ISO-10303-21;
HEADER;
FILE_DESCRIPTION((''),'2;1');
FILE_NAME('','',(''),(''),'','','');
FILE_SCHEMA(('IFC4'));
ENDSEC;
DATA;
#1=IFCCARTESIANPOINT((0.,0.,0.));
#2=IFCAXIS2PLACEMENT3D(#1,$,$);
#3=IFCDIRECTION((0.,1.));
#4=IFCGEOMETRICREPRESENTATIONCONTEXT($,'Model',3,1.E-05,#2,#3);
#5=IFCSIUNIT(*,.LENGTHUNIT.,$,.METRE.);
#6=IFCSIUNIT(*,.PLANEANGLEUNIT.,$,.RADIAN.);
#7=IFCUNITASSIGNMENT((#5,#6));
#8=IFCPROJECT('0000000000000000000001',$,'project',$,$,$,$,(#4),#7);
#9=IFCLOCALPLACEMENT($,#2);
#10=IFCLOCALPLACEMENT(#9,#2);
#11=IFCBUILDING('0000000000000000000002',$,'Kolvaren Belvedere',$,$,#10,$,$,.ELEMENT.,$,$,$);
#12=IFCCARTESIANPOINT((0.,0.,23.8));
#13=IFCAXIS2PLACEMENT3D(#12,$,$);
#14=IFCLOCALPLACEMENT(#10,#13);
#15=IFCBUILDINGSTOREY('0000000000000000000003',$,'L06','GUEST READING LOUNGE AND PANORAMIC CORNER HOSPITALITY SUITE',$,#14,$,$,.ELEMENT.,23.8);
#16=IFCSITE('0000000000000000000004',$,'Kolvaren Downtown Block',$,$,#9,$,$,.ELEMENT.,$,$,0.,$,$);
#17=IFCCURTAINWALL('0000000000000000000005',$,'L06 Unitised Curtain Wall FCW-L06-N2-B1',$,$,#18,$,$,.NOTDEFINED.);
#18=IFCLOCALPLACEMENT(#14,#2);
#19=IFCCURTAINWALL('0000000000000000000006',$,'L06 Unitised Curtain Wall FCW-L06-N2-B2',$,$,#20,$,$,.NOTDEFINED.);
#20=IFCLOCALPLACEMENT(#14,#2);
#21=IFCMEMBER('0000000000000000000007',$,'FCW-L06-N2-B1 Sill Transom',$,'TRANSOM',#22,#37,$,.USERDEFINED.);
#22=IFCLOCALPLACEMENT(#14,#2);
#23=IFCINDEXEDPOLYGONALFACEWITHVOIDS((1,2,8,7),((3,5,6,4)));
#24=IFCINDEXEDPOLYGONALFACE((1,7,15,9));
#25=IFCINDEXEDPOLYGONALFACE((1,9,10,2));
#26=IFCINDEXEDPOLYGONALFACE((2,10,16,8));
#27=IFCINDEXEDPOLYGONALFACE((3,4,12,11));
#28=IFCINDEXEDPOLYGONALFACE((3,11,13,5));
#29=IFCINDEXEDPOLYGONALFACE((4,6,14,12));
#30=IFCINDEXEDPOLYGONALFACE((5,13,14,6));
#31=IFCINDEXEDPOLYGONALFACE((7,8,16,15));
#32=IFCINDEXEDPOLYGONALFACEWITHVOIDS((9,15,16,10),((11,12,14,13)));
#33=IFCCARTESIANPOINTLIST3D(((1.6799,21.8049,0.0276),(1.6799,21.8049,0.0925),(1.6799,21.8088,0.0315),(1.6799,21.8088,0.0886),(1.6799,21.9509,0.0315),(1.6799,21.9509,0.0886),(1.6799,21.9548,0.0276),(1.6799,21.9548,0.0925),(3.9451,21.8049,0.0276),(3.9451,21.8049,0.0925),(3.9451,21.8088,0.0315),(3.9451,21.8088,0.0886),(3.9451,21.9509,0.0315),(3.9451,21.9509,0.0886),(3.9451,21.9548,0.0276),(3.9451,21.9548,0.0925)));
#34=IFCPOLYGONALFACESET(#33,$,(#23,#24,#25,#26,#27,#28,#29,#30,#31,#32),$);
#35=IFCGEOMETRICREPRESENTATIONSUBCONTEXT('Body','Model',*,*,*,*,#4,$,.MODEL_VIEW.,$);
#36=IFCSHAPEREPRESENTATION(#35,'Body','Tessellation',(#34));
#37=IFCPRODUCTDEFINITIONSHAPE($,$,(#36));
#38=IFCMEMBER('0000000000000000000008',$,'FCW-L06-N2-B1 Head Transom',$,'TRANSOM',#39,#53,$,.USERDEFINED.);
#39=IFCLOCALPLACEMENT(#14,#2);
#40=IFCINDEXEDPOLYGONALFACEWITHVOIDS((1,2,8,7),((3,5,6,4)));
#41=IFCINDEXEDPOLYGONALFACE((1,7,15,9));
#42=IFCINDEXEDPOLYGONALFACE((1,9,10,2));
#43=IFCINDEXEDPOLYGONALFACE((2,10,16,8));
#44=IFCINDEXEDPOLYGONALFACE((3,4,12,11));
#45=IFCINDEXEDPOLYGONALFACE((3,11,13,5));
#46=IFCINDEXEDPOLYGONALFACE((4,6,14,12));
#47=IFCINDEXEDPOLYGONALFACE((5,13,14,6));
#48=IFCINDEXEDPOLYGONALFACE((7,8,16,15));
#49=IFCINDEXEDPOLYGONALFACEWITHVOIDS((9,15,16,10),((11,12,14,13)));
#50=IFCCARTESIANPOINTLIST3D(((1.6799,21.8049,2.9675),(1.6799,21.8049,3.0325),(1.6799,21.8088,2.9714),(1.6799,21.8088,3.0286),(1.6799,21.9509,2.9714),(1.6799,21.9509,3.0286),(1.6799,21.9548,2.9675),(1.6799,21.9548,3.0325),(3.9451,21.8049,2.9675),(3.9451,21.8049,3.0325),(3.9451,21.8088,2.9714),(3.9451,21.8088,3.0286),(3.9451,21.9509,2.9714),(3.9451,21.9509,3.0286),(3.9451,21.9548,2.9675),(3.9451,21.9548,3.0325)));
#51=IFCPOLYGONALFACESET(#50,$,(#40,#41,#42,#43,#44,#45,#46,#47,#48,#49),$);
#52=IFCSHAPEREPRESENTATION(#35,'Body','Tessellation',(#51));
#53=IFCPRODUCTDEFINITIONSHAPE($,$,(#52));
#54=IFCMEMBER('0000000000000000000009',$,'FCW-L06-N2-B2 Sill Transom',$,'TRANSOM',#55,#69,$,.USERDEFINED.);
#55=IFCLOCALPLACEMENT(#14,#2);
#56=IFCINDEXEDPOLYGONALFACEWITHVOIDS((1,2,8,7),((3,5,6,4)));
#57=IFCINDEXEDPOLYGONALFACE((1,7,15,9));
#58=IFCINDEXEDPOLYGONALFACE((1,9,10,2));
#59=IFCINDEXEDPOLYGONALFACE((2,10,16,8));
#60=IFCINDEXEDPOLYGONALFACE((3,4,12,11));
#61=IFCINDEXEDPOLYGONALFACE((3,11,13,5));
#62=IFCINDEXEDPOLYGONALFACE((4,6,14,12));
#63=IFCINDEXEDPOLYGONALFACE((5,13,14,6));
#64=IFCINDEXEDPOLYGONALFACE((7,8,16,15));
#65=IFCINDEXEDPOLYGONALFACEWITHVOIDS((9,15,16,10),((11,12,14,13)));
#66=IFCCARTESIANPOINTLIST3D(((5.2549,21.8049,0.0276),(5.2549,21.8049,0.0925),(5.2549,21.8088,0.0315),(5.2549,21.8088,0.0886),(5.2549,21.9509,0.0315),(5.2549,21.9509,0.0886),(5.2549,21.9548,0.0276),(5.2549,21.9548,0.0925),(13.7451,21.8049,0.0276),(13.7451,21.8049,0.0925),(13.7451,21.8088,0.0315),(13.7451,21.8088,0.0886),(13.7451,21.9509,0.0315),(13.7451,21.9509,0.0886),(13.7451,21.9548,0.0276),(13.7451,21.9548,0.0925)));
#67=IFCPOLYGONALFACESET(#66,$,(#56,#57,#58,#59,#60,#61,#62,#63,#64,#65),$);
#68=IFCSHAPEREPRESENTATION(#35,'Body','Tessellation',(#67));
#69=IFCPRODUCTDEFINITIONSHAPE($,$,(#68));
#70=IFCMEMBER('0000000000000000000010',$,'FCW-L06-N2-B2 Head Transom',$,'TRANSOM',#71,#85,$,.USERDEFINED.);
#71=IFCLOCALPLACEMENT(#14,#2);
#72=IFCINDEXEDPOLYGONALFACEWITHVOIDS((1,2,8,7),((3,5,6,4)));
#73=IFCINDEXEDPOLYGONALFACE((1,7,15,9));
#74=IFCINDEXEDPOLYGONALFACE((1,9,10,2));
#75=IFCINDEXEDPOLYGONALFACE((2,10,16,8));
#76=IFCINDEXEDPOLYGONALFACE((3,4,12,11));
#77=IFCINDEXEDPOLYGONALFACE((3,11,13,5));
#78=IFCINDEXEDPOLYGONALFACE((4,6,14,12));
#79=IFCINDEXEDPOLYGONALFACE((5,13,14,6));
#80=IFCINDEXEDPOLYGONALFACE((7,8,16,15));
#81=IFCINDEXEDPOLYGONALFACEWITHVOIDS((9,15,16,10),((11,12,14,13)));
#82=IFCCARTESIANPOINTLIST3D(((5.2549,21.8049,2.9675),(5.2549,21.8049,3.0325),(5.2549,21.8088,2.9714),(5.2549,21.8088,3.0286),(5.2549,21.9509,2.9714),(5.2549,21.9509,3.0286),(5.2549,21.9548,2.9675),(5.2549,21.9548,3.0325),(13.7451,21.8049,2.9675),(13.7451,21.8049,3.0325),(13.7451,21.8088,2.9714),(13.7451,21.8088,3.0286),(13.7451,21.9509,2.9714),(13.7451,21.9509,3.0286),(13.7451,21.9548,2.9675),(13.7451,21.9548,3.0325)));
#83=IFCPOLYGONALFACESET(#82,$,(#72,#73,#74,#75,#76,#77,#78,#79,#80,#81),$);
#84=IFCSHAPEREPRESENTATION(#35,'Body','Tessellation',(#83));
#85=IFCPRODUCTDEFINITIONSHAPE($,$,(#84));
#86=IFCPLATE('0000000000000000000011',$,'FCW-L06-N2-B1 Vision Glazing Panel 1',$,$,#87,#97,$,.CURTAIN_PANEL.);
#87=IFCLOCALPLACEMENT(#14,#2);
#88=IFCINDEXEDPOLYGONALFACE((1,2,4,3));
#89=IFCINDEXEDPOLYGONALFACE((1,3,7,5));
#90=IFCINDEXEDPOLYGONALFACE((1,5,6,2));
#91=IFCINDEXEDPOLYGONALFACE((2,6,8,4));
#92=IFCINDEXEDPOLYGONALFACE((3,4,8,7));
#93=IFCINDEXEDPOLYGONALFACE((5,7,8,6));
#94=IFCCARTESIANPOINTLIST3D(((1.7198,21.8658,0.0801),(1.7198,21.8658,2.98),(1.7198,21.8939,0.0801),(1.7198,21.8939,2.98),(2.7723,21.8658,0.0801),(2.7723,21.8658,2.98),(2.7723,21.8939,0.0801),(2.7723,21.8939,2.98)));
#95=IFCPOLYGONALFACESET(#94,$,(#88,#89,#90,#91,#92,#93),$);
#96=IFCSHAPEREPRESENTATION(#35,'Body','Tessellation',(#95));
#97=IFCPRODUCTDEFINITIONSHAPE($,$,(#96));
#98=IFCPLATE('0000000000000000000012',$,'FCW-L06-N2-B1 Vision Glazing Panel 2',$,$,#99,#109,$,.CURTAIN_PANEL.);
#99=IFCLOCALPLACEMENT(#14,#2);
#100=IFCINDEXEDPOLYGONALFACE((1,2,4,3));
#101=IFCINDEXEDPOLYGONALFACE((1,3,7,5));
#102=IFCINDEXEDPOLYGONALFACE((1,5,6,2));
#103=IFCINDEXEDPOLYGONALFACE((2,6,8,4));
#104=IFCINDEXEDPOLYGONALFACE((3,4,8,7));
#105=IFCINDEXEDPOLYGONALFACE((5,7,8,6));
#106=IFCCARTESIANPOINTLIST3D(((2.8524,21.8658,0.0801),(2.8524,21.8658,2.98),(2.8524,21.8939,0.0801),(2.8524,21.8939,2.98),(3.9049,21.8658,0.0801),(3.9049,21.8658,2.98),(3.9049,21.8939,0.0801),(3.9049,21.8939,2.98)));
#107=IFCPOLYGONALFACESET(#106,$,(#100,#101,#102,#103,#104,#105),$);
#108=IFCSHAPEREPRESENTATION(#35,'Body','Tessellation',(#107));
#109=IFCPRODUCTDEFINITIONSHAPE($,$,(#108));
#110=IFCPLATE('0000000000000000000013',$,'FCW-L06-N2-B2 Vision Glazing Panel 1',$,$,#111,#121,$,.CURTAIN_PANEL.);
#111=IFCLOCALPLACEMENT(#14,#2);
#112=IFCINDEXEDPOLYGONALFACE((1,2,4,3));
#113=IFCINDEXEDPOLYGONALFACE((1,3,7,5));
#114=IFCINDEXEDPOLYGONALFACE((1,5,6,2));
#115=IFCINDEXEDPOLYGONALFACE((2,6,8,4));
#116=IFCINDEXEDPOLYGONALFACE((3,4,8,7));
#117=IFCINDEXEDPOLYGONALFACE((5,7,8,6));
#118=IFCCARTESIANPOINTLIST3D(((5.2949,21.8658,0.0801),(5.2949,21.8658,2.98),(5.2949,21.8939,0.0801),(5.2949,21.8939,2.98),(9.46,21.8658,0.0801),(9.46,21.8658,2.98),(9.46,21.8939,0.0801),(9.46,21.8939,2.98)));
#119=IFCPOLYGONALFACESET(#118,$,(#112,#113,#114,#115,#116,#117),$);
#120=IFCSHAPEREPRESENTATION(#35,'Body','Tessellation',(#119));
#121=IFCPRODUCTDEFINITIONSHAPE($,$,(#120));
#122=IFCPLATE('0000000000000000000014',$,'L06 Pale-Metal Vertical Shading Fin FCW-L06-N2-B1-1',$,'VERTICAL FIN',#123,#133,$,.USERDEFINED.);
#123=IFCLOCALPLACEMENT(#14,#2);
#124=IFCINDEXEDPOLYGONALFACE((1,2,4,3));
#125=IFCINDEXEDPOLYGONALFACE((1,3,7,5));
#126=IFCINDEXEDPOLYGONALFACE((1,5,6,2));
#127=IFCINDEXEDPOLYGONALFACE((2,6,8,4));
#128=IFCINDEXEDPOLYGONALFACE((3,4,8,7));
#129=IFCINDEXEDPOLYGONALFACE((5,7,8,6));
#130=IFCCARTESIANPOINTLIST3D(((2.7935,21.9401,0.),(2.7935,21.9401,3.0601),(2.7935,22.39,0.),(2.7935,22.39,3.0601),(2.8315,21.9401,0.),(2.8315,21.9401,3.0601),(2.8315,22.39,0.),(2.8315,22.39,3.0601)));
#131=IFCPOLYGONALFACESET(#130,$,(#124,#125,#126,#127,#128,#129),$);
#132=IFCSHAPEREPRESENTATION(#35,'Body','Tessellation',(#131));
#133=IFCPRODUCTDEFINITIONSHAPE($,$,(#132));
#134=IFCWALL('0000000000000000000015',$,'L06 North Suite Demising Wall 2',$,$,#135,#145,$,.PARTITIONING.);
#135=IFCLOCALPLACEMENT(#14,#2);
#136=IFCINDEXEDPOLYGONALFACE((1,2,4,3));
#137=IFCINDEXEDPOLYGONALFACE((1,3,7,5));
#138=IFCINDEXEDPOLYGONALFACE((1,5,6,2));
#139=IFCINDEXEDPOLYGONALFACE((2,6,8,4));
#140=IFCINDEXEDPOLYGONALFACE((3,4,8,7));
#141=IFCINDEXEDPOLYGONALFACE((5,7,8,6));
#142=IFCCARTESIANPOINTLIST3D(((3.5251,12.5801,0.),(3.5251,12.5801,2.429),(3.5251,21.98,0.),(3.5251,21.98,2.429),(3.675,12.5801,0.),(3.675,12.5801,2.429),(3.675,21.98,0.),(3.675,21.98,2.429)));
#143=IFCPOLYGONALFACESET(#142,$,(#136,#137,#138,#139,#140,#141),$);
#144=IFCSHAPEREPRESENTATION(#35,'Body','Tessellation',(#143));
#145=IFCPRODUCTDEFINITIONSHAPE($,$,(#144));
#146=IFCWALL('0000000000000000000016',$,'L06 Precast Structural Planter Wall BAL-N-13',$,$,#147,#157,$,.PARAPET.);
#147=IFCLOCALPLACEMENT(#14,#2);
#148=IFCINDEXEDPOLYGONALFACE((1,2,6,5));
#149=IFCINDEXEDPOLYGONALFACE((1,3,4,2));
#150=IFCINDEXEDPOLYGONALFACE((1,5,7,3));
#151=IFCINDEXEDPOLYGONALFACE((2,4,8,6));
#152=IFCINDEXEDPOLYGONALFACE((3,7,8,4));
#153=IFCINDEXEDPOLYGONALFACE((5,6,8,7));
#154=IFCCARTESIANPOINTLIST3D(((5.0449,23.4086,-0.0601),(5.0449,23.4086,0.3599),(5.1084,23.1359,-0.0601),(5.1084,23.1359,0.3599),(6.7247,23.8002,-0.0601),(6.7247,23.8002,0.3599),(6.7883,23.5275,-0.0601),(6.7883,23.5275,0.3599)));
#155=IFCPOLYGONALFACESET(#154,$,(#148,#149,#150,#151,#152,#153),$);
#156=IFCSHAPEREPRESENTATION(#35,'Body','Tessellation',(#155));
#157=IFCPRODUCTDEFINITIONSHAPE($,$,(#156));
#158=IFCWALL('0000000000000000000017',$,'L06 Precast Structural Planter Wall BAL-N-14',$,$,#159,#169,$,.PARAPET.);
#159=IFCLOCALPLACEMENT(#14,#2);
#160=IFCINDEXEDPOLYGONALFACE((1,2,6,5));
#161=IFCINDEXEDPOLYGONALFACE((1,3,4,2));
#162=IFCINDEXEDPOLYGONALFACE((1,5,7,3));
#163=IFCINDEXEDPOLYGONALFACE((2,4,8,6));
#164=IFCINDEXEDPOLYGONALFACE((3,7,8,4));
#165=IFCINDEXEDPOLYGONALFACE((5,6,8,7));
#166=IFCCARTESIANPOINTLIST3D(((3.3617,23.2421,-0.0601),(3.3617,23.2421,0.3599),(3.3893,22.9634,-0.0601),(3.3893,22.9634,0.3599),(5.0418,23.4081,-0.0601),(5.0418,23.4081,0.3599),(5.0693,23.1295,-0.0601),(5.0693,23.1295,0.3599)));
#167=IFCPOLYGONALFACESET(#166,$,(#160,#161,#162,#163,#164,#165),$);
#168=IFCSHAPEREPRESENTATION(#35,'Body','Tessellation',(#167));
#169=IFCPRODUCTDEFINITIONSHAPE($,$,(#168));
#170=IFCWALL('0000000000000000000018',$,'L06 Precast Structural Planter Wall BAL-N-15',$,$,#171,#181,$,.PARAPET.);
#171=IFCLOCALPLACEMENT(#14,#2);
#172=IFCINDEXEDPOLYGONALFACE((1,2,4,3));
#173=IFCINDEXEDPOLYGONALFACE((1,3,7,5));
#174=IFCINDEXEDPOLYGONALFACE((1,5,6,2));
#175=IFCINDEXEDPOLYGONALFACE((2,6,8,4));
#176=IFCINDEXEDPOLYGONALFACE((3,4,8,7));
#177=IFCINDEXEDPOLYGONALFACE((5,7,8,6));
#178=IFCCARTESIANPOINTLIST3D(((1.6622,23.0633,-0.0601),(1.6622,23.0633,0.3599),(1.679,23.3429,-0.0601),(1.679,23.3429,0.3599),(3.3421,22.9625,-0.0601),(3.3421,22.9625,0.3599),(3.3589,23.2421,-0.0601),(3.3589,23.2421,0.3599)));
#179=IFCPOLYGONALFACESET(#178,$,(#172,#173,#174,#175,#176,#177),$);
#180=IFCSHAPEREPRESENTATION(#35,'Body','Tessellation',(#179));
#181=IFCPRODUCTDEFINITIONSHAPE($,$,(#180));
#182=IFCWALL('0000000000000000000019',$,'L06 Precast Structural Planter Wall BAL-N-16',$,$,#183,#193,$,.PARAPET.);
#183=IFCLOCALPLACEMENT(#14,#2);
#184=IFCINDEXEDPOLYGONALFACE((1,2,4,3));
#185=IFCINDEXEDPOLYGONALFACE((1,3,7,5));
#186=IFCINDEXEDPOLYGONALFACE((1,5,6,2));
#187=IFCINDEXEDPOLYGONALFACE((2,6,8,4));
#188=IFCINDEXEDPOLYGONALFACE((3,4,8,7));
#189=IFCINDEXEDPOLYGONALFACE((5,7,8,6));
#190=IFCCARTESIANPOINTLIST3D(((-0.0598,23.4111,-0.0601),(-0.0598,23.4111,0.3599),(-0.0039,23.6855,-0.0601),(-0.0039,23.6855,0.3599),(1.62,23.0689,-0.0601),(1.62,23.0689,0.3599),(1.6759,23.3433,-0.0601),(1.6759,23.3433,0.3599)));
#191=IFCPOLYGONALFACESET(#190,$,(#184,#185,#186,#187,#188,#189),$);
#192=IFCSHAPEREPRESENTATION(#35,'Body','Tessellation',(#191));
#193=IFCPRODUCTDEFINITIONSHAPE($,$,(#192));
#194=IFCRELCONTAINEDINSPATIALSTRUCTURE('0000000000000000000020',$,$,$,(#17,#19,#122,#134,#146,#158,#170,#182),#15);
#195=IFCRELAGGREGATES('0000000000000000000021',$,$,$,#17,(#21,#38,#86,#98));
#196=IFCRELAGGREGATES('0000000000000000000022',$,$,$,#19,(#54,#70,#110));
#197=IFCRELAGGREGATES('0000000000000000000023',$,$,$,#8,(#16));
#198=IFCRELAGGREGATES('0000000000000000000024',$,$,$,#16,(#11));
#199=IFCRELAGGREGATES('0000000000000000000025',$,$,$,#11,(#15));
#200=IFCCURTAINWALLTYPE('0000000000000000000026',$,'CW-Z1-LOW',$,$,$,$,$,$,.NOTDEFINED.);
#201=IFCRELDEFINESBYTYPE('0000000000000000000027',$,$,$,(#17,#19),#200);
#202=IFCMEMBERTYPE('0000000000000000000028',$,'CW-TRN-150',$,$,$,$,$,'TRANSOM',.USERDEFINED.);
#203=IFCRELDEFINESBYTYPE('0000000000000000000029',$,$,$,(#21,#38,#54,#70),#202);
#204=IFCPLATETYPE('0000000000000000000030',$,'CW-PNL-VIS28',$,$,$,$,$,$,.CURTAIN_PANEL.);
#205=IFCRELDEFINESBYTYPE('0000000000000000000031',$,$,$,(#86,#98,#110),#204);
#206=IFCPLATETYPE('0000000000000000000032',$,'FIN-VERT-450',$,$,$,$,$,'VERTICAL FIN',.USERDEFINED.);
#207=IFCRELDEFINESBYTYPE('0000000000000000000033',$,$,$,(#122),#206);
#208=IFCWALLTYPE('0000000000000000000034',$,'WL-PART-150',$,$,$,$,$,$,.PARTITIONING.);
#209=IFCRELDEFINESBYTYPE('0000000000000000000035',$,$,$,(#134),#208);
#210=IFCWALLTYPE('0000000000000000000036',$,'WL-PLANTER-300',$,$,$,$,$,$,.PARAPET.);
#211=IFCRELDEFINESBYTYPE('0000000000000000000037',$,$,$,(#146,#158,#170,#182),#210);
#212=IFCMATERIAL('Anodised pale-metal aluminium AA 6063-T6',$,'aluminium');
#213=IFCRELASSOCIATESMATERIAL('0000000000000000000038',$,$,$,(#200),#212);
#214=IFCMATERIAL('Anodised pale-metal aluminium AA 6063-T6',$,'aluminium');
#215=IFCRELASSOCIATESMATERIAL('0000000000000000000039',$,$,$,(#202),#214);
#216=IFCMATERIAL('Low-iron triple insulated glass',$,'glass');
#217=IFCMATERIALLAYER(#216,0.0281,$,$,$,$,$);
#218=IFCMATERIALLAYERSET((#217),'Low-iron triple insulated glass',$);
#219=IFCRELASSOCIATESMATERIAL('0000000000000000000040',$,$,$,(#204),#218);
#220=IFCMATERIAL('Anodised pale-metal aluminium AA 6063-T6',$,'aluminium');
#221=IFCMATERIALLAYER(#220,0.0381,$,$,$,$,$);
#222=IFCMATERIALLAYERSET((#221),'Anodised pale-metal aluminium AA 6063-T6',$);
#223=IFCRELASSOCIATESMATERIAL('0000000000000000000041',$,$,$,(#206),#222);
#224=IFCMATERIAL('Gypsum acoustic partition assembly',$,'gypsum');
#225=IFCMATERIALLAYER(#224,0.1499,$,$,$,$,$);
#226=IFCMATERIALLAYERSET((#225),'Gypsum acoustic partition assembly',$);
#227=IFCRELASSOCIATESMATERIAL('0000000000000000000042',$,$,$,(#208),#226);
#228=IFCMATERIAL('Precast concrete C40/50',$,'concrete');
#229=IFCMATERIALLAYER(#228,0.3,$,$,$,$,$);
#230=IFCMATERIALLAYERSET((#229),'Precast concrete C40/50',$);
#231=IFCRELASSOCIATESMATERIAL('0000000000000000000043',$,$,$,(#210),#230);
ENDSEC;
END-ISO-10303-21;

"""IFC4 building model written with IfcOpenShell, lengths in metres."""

from ifc_helpers import new_model, si_unit, direction, frame, frame_2d, origin, origin_2d, place, context, subcontext, project, spatial, rectangle, hollow_rectangle, extrude, material, layer, layer_set, material_profile, profile_set, type_object, element, aggregate, save


model = new_model("IFC4")

# Units and contexts
model_context = context("Model", 3, precision=1e-05, world=origin(), true_north=direction((0.0, 1.0)))
body_context = subcontext(model_context, "Body", "Model", "MODEL_VIEW")
ifc_project = project(units=[si_unit("LENGTHUNIT", "METRE"), si_unit("PLANEANGLEUNIT", "RADIAN")], contexts=[model_context])

# Site, building, storey
site_placement = place(None, origin())
site = spatial("IfcSite", under=ifc_project, at=site_placement, Name="Kolvaren Downtown Block", CompositionType="ELEMENT", RefElevation=0.0)
building_placement = place(site_placement, origin())
building = spatial("IfcBuilding", under=site, at=building_placement, Name="Kolvaren Belvedere", CompositionType="ELEMENT")
storey_placement = place(building_placement, frame((0.0, 0.0, 23.8)))
storey = spatial("IfcBuildingStorey", under=building, at=storey_placement, Name="L06", Description="GUEST READING LOUNGE AND PANORAMIC CORNER HOSPITALITY SUITE", CompositionType="ELEMENT", Elevation=23.8)

# Curtain wall
ifc_material_1 = material(Name="Anodised pale-metal aluminium AA 6063-T6", Category="aluminium")
curtain_wall_type = type_object("IfcCurtainWallType", Name="CW-Z1-LOW", PredefinedType="NOTDEFINED", material=ifc_material_1)
curtain_wall_1_placement = place(storey_placement, origin())
curtain_wall_1 = element("IfcCurtainWall", 1, at=curtain_wall_1_placement, inside=storey, type_object=curtain_wall_type, Name="L06 Unitised Curtain Wall FCW-L06-N2-B1", PredefinedType="NOTDEFINED")

# Curtain wall
curtain_wall_2_placement = place(storey_placement, origin())
curtain_wall_2 = element("IfcCurtainWall", 2, at=curtain_wall_2_placement, inside=storey, type_object=curtain_wall_type, Name="L06 Unitised Curtain Wall FCW-L06-N2-B2", PredefinedType="NOTDEFINED")

# Members
ifc_material_2 = material(Name="Anodised pale-metal aluminium AA 6063-T6", Category="aluminium")
ifc_material_profile_1 = material_profile(ifc_material_2, hollow_rectangle(XDim=0.0649, YDim=0.1499, WallThickness=0.0039, at=origin_2d()), Name="ALU-TRN-150X65")
ifc_profile_set_1 = profile_set([ifc_material_profile_1], Name="Anodised pale-metal aluminium AA 6063-T6")
member_type_1 = type_object("IfcMemberType", Name="CW-TRN-150", ElementType="TRANSOM", PredefinedType="USERDEFINED", material=ifc_profile_set_1)
member_1_placement = place(storey_placement, frame((1.6799, 21.8799, 0.0601), z_axis=(1.0, 0.0, 0.0), x_axis=(0.0, 0.0, 1.0)))
member_1 = element("IfcMember", 3, at=member_1_placement, type_object=member_type_1, Name="FCW-L06-N2-B1 Sill Transom", ObjectType="TRANSOM", PredefinedType="USERDEFINED", context=body_context, shape_type="SweptSolid", body=[
    extrude(hollow_rectangle(XDim=0.0649, YDim=0.1499, WallThickness=0.0039, at=origin_2d()), origin(), (0.0, 0.0, 1.0), 2.2651),
])
member_2_placement = place(storey_placement, frame((1.6799, 21.8799, 3.0), z_axis=(1.0, 0.0, 0.0), x_axis=(0.0, 0.0, 1.0)))
member_2 = element("IfcMember", 4, at=member_2_placement, type_object=member_type_1, Name="FCW-L06-N2-B1 Head Transom", ObjectType="TRANSOM", PredefinedType="USERDEFINED", context=body_context, shape_type="SweptSolid", body=[
    extrude(hollow_rectangle(XDim=0.0649, YDim=0.1499, WallThickness=0.0039, at=origin_2d()), origin(), (0.0, 0.0, 1.0), 2.2651),
])
member_3_placement = place(storey_placement, frame((5.2549, 21.8799, 0.0601), z_axis=(1.0, 0.0, 0.0), x_axis=(0.0, 0.0, 1.0)))
member_3 = element("IfcMember", 5, at=member_3_placement, type_object=member_type_1, Name="FCW-L06-N2-B2 Sill Transom", ObjectType="TRANSOM", PredefinedType="USERDEFINED", context=body_context, shape_type="SweptSolid", body=[
    extrude(hollow_rectangle(XDim=0.0649, YDim=0.1499, WallThickness=0.0039, at=origin_2d()), origin(), (0.0, 0.0, 1.0), 8.4902),
])
member_4_placement = place(storey_placement, frame((5.2549, 21.8799, 3.0), z_axis=(1.0, 0.0, 0.0), x_axis=(0.0, 0.0, 1.0)))
member_4 = element("IfcMember", 6, at=member_4_placement, type_object=member_type_1, Name="FCW-L06-N2-B2 Head Transom", ObjectType="TRANSOM", PredefinedType="USERDEFINED", context=body_context, shape_type="SweptSolid", body=[
    extrude(hollow_rectangle(XDim=0.0649, YDim=0.1499, WallThickness=0.0039, at=origin_2d()), origin(), (0.0, 0.0, 1.0), 8.4902),
])

# Plates
ifc_material_3 = material(Name="Low-iron triple insulated glass", Category="glass")
ifc_layer_1 = layer(ifc_material_3, 0.0281)
ifc_layer_set_1 = layer_set([ifc_layer_1], Name="Low-iron triple insulated glass")
plate_type_1 = type_object("IfcPlateType", Name="CW-PNL-VIS28", PredefinedType="CURTAIN_PANEL", material=ifc_layer_set_1)
plate_1_placement = place(storey_placement, frame((2.2461, 21.8799, 0.0801), z_axis=(0.0, 0.0, 1.0), x_axis=(1.0, 0.0, 0.0)))
plate_1 = element("IfcPlate", 7, at=plate_1_placement, type_object=plate_type_1, Name="FCW-L06-N2-B1 Vision Glazing Panel 1", PredefinedType="CURTAIN_PANEL", context=body_context, shape_type="SweptSolid", body=[
    extrude(rectangle(XDim=1.0525, YDim=0.0281, at=origin_2d()), origin(), (0.0, 0.0, 1.0), 2.8999),
])
plate_2_placement = place(storey_placement, frame((3.3787, 21.8799, 0.0801), z_axis=(0.0, 0.0, 1.0), x_axis=(1.0, 0.0, 0.0)))
plate_2 = element("IfcPlate", 8, at=plate_2_placement, type_object=plate_type_1, Name="FCW-L06-N2-B1 Vision Glazing Panel 2", PredefinedType="CURTAIN_PANEL", context=body_context, shape_type="SweptSolid", body=[
    extrude(rectangle(XDim=1.0525, YDim=0.0281, at=origin_2d()), origin(), (0.0, 0.0, 1.0), 2.8999),
])
aggregate(curtain_wall_1, [member_1, member_2, plate_1, plate_2])
plate_3_placement = place(storey_placement, frame((7.3774, 21.8799, 0.0801), z_axis=(0.0, 0.0, 1.0), x_axis=(1.0, 0.0, 0.0)))
plate_3 = element("IfcPlate", 9, at=plate_3_placement, type_object=plate_type_1, Name="FCW-L06-N2-B2 Vision Glazing Panel 1", PredefinedType="CURTAIN_PANEL", context=body_context, shape_type="SweptSolid", body=[
    extrude(rectangle(XDim=4.165, YDim=0.0281, at=origin_2d()), origin(), (0.0, 0.0, 1.0), 2.8999),
])
aggregate(curtain_wall_2, [member_3, member_4, plate_3])
ifc_material_4 = material(Name="Anodised pale-metal aluminium AA 6063-T6", Category="aluminium")
ifc_layer_2 = layer(ifc_material_4, 0.0381)
ifc_layer_set_2 = layer_set([ifc_layer_2], Name="Anodised pale-metal aluminium AA 6063-T6")
plate_type_2 = type_object("IfcPlateType", Name="FIN-VERT-450", ElementType="VERTICAL FIN", PredefinedType="USERDEFINED", material=ifc_layer_set_2)
plate_4_placement = place(storey_placement, frame((2.8125, 22.165, 0.0), z_axis=(0.0, 0.0, 1.0), x_axis=(0.0, 1.0, 0.0)))
element("IfcPlate", 10, at=plate_4_placement, inside=storey, type_object=plate_type_2, Name="L06 Pale-Metal Vertical Shading Fin FCW-L06-N2-B1-1", ObjectType="VERTICAL FIN", PredefinedType="USERDEFINED", context=body_context, shape_type="SweptSolid", body=[
    extrude(rectangle(XDim=0.45, YDim=0.0381, at=origin_2d()), origin(), (0.0, 0.0, 1.0), 3.0601),
])

# Walls
ifc_material_5 = material(Name="Gypsum acoustic partition assembly", Category="gypsum")
ifc_layer_3 = layer(ifc_material_5, 0.1499)
ifc_layer_set_3 = layer_set([ifc_layer_3], Name="Gypsum acoustic partition assembly")
wall_type_1 = type_object("IfcWallType", Name="WL-PART-150", PredefinedType="PARTITIONING", material=ifc_layer_set_3)
wall_1_placement = place(storey_placement, frame((3.6001, 12.5801, 0.0), z_axis=(0.0, 0.0, 1.0), x_axis=(0.0, 1.0, 0.0)))
element("IfcWall", 11, at=wall_1_placement, inside=storey, type_object=wall_type_1, Name="L06 North Suite Demising Wall 2", PredefinedType="PARTITIONING", context=body_context, shape_type="SweptSolid", body=[
    extrude(rectangle(XDim=9.3999, YDim=0.1499, at=frame_2d((4.7, 0.0))), origin(), (0.0, 0.0, 1.0), 2.429),
])
ifc_material_6 = material(Name="Precast concrete C40/50", Category="concrete")
ifc_layer_4 = layer(ifc_material_6, 0.3)
ifc_layer_set_4 = layer_set([ifc_layer_4], Name="Precast concrete C40/50")
wall_type_2 = type_object("IfcWallType", Name="WL-PLANTER-300", PredefinedType="PARAPET", material=ifc_layer_set_4)
wall_2_placement = place(storey_placement, frame((6.7563, 23.6638, -0.0601), z_axis=(0.0, 0.0, 1.0), x_axis=(-0.97389, -0.227019, 0.0)))
element("IfcWall", 12, at=wall_2_placement, inside=storey, type_object=wall_type_2, Name="L06 Precast Structural Planter Wall BAL-N-13", PredefinedType="PARAPET", context=body_context, shape_type="SweptSolid", body=[
    extrude(rectangle(XDim=1.7249, YDim=0.28, at=frame_2d((0.8623, 0.0))), origin(), (0.0, 0.0, 1.0), 0.4199),
])
wall_3_placement = place(storey_placement, frame((5.0557, 23.2688, -0.0601), z_axis=(0.0, 0.0, 1.0), x_axis=(-0.995152, -0.098344, 0.0)))
element("IfcWall", 13, at=wall_3_placement, inside=storey, type_object=wall_type_2, Name="L06 Precast Structural Planter Wall BAL-N-14", PredefinedType="PARAPET", context=body_context, shape_type="SweptSolid", body=[
    extrude(rectangle(XDim=1.6882, YDim=0.28, at=frame_2d((0.8442, 0.0))), origin(), (0.0, 0.0, 1.0), 0.4199),
])
wall_4_placement = place(storey_placement, frame((3.3503, 23.1023, -0.0601), z_axis=(0.0, 0.0, 1.0), x_axis=(-0.998204, 0.059913, 0.0)))
element("IfcWall", 14, at=wall_4_placement, inside=storey, type_object=wall_type_2, Name="L06 Precast Structural Planter Wall BAL-N-15", PredefinedType="PARAPET", context=body_context, shape_type="SweptSolid", body=[
    extrude(rectangle(XDim=1.6829, YDim=0.28, at=frame_2d((0.8413, 0.0))), origin(), (0.0, 0.0, 1.0), 0.4199),
])
wall_5_placement = place(storey_placement, frame((1.6479, 23.2061, -0.0601), z_axis=(0.0, 0.0, 1.0), x_axis=(-0.979868, 0.199648, 0.0)))
element("IfcWall", 15, at=wall_5_placement, inside=storey, type_object=wall_type_2, Name="L06 Precast Structural Planter Wall BAL-N-16", PredefinedType="PARAPET", context=body_context, shape_type="SweptSolid", body=[
    extrude(rectangle(XDim=1.7144, YDim=0.28, at=frame_2d((0.8572, 0.0))), origin(), (0.0, 0.0, 1.0), 0.4199),
])

save(model, "model.ifc")
